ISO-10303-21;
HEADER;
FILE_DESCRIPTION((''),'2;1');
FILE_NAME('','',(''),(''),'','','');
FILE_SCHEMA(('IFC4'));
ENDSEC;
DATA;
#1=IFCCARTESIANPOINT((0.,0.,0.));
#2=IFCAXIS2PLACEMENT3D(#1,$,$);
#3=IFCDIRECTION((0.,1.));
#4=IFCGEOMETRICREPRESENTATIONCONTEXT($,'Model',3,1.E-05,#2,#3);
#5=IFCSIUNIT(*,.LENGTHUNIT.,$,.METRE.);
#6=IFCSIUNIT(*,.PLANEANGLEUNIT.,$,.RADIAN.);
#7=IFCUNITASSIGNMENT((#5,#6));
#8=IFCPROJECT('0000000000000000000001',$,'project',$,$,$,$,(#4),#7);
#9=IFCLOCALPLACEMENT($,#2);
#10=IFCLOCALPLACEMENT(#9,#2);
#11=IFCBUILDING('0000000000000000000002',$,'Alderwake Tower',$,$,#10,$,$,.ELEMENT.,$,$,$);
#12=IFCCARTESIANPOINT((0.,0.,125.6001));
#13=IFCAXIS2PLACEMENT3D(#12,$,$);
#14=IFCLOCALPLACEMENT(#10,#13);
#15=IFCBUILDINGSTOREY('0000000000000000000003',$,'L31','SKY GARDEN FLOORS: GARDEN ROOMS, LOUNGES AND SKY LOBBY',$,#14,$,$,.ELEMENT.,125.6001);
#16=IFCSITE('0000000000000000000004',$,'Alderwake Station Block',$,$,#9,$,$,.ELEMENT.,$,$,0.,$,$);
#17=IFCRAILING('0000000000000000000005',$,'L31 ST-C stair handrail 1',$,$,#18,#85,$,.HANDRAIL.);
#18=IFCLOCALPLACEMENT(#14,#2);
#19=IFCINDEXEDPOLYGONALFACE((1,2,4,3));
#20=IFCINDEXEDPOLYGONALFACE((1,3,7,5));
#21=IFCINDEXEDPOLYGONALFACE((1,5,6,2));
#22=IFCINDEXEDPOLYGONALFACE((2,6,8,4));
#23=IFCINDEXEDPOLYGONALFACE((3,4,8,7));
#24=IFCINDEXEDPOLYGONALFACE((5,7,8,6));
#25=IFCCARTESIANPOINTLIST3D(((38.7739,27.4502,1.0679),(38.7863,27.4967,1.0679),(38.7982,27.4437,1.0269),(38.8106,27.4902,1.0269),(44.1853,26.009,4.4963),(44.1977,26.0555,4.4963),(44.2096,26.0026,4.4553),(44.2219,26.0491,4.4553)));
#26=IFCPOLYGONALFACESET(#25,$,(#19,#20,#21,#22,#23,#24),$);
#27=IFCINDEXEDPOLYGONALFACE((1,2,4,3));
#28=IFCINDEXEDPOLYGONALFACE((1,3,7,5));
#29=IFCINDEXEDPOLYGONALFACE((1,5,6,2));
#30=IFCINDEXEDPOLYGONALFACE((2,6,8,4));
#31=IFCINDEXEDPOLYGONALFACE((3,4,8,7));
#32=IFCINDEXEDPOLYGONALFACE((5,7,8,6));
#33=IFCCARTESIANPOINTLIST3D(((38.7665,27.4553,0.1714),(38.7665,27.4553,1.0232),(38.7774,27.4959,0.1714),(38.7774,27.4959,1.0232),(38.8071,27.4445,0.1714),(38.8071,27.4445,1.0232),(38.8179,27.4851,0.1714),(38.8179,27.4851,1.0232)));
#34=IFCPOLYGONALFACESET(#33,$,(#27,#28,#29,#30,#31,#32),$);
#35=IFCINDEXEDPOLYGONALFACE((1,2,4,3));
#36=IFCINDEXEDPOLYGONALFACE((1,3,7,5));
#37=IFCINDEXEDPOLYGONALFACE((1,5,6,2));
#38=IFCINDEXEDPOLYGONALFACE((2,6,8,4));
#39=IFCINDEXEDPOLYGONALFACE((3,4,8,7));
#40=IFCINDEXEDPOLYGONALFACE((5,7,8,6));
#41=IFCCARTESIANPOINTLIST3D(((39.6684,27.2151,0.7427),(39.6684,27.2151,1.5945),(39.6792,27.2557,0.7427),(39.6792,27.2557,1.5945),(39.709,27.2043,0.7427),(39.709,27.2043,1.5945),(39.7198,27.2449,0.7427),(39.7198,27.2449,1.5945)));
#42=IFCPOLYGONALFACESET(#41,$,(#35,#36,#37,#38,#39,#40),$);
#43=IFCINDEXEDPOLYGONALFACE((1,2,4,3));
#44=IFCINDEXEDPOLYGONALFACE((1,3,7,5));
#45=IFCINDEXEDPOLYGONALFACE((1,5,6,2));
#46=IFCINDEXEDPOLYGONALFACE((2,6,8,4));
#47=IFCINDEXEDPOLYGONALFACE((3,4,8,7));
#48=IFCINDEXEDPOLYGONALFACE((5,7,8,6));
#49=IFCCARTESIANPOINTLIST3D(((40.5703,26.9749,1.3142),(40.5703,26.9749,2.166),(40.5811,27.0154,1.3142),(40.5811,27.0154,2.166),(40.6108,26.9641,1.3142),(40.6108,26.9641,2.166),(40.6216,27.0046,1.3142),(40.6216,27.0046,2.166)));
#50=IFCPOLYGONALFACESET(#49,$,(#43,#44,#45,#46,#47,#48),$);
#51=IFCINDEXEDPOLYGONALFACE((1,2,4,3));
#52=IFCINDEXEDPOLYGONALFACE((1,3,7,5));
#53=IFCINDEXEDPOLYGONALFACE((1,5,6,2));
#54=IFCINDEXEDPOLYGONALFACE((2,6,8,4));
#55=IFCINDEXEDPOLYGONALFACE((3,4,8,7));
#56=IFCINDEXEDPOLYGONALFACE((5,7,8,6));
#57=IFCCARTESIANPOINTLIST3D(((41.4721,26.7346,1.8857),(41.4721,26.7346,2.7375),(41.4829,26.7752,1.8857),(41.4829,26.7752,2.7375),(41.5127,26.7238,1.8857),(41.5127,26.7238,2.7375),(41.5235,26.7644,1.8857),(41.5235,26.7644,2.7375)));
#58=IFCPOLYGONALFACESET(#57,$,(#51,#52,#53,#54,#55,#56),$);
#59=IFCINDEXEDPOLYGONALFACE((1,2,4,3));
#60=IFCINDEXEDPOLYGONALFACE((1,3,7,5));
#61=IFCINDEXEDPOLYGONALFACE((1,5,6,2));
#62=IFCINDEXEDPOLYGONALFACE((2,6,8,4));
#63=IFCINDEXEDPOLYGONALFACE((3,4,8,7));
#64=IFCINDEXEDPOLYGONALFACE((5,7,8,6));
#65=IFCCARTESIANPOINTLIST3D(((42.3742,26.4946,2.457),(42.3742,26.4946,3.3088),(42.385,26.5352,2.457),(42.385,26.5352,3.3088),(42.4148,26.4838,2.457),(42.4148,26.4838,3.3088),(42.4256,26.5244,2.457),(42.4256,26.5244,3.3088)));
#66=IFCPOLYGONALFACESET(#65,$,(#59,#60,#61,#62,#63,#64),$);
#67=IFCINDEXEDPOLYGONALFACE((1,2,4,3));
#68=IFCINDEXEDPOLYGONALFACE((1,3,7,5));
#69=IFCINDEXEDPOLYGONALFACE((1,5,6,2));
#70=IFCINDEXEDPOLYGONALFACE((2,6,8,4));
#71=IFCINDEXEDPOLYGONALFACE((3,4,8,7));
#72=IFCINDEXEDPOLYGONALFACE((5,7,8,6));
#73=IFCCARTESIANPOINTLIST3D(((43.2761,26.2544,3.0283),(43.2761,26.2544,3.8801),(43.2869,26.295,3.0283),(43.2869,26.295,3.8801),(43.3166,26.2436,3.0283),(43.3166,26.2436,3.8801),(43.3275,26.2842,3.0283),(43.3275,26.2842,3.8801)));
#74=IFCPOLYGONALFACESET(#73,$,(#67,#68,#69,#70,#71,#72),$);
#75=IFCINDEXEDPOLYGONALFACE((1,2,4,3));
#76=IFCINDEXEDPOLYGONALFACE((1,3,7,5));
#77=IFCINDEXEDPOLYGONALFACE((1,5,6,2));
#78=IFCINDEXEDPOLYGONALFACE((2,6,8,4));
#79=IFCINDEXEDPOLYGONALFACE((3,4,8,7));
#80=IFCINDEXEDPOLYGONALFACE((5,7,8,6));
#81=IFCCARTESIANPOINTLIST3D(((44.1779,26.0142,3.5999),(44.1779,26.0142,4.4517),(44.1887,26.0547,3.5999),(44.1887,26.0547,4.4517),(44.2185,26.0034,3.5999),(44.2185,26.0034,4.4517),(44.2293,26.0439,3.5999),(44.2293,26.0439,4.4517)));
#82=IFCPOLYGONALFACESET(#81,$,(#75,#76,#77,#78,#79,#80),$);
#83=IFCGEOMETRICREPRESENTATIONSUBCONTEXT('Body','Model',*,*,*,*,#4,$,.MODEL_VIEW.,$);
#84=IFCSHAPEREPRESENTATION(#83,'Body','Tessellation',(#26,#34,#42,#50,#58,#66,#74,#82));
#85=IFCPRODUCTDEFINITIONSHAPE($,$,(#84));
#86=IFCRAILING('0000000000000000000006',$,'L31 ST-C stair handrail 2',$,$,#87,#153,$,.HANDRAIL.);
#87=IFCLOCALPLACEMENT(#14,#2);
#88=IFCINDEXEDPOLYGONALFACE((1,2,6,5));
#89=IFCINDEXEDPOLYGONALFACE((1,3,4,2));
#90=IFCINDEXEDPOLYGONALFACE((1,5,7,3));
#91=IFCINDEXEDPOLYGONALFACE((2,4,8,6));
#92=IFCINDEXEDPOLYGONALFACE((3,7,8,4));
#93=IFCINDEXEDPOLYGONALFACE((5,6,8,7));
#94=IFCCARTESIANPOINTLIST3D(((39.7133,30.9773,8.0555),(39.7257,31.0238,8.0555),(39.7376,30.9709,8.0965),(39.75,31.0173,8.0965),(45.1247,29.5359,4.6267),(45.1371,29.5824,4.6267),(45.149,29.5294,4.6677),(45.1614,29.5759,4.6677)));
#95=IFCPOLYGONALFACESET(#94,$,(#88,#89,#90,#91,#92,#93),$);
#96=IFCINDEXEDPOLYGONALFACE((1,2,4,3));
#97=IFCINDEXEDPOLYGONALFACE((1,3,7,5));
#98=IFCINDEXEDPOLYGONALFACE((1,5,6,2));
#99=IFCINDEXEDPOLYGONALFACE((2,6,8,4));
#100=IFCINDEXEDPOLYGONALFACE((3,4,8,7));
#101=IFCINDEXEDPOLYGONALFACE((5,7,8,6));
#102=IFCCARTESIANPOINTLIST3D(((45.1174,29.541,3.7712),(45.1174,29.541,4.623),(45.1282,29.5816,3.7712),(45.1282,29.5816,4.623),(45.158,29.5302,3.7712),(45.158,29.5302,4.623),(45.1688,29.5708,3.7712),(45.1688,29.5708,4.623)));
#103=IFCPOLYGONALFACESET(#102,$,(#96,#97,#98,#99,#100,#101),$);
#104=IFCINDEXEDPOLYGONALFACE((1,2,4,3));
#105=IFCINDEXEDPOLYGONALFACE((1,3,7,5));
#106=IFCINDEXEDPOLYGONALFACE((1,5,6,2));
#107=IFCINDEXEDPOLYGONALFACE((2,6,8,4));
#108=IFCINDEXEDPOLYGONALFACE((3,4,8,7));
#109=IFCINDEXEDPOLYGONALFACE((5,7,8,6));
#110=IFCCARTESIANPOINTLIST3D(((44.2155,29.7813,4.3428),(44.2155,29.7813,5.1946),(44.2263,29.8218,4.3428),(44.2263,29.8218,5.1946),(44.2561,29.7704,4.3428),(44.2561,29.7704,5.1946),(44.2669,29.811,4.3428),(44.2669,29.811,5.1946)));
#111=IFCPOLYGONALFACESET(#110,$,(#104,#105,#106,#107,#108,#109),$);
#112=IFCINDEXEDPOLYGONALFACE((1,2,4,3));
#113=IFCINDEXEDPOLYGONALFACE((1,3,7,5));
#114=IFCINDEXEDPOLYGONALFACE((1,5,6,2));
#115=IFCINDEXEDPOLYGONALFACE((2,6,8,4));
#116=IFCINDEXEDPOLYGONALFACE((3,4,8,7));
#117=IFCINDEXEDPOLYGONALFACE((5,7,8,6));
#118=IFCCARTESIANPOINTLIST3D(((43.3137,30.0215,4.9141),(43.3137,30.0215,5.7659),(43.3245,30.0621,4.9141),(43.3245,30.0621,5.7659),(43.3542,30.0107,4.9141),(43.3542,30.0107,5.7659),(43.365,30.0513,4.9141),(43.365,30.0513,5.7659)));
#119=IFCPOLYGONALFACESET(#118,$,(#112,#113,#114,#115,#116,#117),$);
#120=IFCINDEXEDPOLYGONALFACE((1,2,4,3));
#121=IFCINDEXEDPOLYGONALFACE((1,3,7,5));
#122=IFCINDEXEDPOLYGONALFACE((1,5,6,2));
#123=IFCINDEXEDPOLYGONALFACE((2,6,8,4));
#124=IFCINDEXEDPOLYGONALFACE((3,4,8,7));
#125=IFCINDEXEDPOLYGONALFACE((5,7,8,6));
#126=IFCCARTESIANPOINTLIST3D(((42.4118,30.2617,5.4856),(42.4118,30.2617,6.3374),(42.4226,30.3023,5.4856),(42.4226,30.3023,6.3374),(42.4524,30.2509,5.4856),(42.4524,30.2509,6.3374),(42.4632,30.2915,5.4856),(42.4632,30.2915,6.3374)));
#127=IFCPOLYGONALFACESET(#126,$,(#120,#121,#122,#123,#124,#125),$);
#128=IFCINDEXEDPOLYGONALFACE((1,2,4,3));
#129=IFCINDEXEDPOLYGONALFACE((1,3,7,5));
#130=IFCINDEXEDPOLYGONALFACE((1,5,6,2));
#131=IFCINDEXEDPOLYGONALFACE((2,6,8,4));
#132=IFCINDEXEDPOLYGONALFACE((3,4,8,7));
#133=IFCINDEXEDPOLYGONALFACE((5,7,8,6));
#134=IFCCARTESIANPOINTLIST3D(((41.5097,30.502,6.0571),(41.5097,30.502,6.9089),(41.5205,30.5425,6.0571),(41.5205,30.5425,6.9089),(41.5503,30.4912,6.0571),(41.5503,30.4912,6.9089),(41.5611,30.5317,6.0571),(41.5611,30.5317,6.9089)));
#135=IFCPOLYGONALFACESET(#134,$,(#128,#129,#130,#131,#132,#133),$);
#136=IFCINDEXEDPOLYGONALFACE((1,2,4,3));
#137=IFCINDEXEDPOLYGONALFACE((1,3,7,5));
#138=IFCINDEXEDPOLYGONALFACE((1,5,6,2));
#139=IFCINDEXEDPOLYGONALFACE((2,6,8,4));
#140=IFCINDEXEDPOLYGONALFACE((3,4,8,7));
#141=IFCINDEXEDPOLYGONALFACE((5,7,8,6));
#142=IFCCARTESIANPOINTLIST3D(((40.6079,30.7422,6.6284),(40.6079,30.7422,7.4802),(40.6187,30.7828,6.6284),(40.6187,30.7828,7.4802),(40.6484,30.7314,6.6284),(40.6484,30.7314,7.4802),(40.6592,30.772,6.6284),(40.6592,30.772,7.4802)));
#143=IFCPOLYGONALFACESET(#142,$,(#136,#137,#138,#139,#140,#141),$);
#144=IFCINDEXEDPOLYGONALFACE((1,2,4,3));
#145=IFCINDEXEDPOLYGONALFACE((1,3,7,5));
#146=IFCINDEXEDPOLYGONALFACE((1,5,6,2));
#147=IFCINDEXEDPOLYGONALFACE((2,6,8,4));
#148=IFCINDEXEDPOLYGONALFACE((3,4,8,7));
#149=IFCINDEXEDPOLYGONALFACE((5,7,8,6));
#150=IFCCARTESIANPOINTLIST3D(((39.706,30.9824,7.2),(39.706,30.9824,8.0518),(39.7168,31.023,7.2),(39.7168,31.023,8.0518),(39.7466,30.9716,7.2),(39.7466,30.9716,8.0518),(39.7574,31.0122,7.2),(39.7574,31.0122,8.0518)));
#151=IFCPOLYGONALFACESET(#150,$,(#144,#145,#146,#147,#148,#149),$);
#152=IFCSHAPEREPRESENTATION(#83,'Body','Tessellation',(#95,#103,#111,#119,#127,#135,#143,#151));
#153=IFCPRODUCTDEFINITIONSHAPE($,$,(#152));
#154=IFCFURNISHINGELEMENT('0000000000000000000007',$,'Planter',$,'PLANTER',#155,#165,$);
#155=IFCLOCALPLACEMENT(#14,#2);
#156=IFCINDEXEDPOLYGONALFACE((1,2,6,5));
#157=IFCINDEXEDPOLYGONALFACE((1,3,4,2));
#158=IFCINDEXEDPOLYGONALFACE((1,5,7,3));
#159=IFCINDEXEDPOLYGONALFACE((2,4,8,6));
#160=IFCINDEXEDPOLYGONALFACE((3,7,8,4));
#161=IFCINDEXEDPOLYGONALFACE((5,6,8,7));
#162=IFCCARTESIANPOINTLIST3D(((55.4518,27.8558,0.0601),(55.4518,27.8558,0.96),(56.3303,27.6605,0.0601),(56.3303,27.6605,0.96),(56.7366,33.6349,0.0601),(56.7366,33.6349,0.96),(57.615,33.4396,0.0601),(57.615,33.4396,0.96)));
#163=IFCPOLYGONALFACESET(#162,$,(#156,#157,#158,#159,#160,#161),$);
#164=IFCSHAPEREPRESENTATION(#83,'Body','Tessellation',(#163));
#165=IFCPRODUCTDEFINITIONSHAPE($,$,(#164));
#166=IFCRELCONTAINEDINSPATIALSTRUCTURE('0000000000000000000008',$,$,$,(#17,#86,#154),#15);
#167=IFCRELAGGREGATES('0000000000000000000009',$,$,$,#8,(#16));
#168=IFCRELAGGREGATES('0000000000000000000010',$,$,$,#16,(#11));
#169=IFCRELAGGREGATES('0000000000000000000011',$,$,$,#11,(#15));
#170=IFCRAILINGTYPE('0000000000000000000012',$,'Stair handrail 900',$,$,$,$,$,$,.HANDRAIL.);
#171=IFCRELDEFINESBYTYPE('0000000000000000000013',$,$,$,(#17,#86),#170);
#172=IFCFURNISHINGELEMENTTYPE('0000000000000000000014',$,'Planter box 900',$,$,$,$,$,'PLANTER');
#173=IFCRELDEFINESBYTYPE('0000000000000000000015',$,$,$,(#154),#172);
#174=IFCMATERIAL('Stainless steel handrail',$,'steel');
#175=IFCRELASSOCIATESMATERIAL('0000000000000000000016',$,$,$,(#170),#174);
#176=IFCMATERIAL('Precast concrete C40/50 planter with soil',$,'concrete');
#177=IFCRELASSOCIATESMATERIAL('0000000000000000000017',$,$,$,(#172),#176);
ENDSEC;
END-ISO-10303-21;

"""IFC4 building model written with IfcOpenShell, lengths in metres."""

from ifc_helpers import new_model, si_unit, direction, frame, origin, origin_2d, place, context, subcontext, project, spatial, rectangle, extrude, material, type_object, element, save


model = new_model("IFC4")

# Units and contexts
model_context = context("Model", 3, precision=1e-05, world=origin(), true_north=direction((0.0, 1.0)))
body_context = subcontext(model_context, "Body", "Model", "MODEL_VIEW")
ifc_project = project(units=[si_unit("LENGTHUNIT", "METRE"), si_unit("PLANEANGLEUNIT", "RADIAN")], contexts=[model_context])

# Site, building, storey
site_placement = place(None, origin())
site = spatial("IfcSite", under=ifc_project, at=site_placement, Name="Alderwake Station Block", CompositionType="ELEMENT", RefElevation=0.0)
building_placement = place(site_placement, origin())
building = spatial("IfcBuilding", under=site, at=building_placement, Name="Alderwake Tower", CompositionType="ELEMENT")
storey_placement = place(building_placement, frame((0.0, 0.0, 125.6001)))
storey = spatial("IfcBuildingStorey", under=building, at=storey_placement, Name="L31", Description="SKY GARDEN FLOORS: GARDEN ROOMS, LOUNGES AND SKY LOBBY", CompositionType="ELEMENT", Elevation=125.6001)

# Railings
ifc_material_1 = material(Name="Stainless steel handrail", Category="steel")
railing_type_1 = type_object("IfcRailingType", Name="Stair handrail 900", PredefinedType="HANDRAIL", material=ifc_material_1)
railing_1_placement = place(storey_placement, frame((38.7922, 27.4702, 0.1714)))
element("IfcRailing", 1, at=railing_1_placement, inside=storey, type_object=railing_type_1, Name="L31 ST-C stair handrail 1", PredefinedType="HANDRAIL", context=body_context, shape_type="SweptSolid", body=[
    extrude(rectangle(XDim=0.0481, YDim=0.0481, at=origin_2d()), frame((0.0, 0.0, 0.876), z_axis=(0.824132, -0.219484, 0.522143), x_axis=(0.257351, 0.966318, 0.0)), (0.0, 0.0, 1.0), 6.5662),
    extrude(rectangle(XDim=0.042, YDim=0.042, at=origin_2d()), frame((0.0, 0.0, 0.0), z_axis=(0.0, 0.0, 1.0), x_axis=(0.966318, -0.257351, 0.0)), (0.0, 0.0, 1.0), 0.8518),
    extrude(rectangle(XDim=0.042, YDim=0.042, at=origin_2d()), frame((0.9019, -0.2402, 0.5713), z_axis=(0.0, 0.0, 1.0), x_axis=(0.966318, -0.257351, 0.0)), (0.0, 0.0, 1.0), 0.8518),
    extrude(rectangle(XDim=0.042, YDim=0.042, at=origin_2d()), frame((1.8037, -0.4805, 1.1428), z_axis=(0.0, 0.0, 1.0), x_axis=(0.966318, -0.257351, 0.0)), (0.0, 0.0, 1.0), 0.8518),
    extrude(rectangle(XDim=0.042, YDim=0.042, at=origin_2d()), frame((2.7056, -0.7207, 1.7144), z_axis=(0.0, 0.0, 1.0), x_axis=(0.966318, -0.257351, 0.0)), (0.0, 0.0, 1.0), 0.8518),
    extrude(rectangle(XDim=0.042, YDim=0.042, at=origin_2d()), frame((3.6077, -0.9607, 2.2856), z_axis=(0.0, 0.0, 1.0), x_axis=(0.966318, -0.257351, 0.0)), (0.0, 0.0, 1.0), 0.8518),
    extrude(rectangle(XDim=0.042, YDim=0.042, at=origin_2d()), frame((4.5095, -1.2009, 2.8569), z_axis=(0.0, 0.0, 1.0), x_axis=(0.966318, -0.257351, 0.0)), (0.0, 0.0, 1.0), 0.8518),
    extrude(rectangle(XDim=0.042, YDim=0.042, at=origin_2d()), frame((5.4114, -1.4412, 3.4285), z_axis=(0.0, 0.0, 1.0), x_axis=(0.966318, -0.257351, 0.0)), (0.0, 0.0, 1.0), 0.8518),
])
railing_2_placement = place(storey_placement, frame((45.1431, 29.5559, 3.7712)))
element("IfcRailing", 2, at=railing_2_placement, inside=storey, type_object=railing_type_1, Name="L31 ST-C stair handrail 2", PredefinedType="HANDRAIL", context=body_context, shape_type="SweptSolid", body=[
    extrude(rectangle(XDim=0.0481, YDim=0.0481, at=origin_2d()), frame((0.0, 0.0, 0.876), z_axis=(-0.82411, 0.219515, 0.522165), x_axis=(-0.257391, -0.966307, 0.0)), (0.0, 0.0, 1.0), 6.5664),
    extrude(rectangle(XDim=0.042, YDim=0.042, at=origin_2d()), frame((0.0, 0.0, 0.0), z_axis=(0.0, 0.0, 1.0), x_axis=(-0.966307, 0.257391, 0.0)), (0.0, 0.0, 1.0), 0.8518),
    extrude(rectangle(XDim=0.042, YDim=0.042, at=origin_2d()), frame((-0.9019, 0.2402, 0.5715), z_axis=(0.0, 0.0, 1.0), x_axis=(-0.966307, 0.257391, 0.0)), (0.0, 0.0, 1.0), 0.8518),
    extrude(rectangle(XDim=0.042, YDim=0.042, at=origin_2d()), frame((-1.8037, 0.4805, 1.1428), z_axis=(0.0, 0.0, 1.0), x_axis=(-0.966307, 0.257391, 0.0)), (0.0, 0.0, 1.0), 0.8518),
    extrude(rectangle(XDim=0.042, YDim=0.042, at=origin_2d()), frame((-2.7056, 0.7207, 1.7144), z_axis=(0.0, 0.0, 1.0), x_axis=(-0.966307, 0.257391, 0.0)), (0.0, 0.0, 1.0), 0.8518),
    extrude(rectangle(XDim=0.042, YDim=0.042, at=origin_2d()), frame((-3.6077, 0.9609, 2.2859), z_axis=(0.0, 0.0, 1.0), x_axis=(-0.966307, 0.257391, 0.0)), (0.0, 0.0, 1.0), 0.8518),
    extrude(rectangle(XDim=0.042, YDim=0.042, at=origin_2d()), frame((-4.5095, 1.2012, 2.8572), z_axis=(0.0, 0.0, 1.0), x_axis=(-0.966307, 0.257391, 0.0)), (0.0, 0.0, 1.0), 0.8518),
    extrude(rectangle(XDim=0.042, YDim=0.042, at=origin_2d()), frame((-5.4114, 1.4414, 3.4287), z_axis=(0.0, 0.0, 1.0), x_axis=(-0.966307, 0.257391, 0.0)), (0.0, 0.0, 1.0), 0.8518),
])

# Furnishing element
ifc_material_2 = material(Name="Precast concrete C40/50 planter with soil", Category="concrete")
furnishing_element_type = type_object("IfcFurnishingElementType", Name="Planter box 900", ElementType="PLANTER", material=ifc_material_2)
furnishing_placement = place(storey_placement, frame((56.5334, 30.6477, 0.0601), z_axis=(0.0, 0.0, 1.0), x_axis=(0.976169, -0.21701, 0.0)))
element("IfcFurnishingElement", 3, at=furnishing_placement, inside=storey, type_object=furnishing_element_type, Name="Planter", ObjectType="PLANTER", context=body_context, shape_type="SweptSolid", body=[
    extrude(rectangle(XDim=0.8999, YDim=5.9202, at=origin_2d()), origin(), (0.0, 0.0, 1.0), 0.8999),
])

save(model, "model.ifc")
